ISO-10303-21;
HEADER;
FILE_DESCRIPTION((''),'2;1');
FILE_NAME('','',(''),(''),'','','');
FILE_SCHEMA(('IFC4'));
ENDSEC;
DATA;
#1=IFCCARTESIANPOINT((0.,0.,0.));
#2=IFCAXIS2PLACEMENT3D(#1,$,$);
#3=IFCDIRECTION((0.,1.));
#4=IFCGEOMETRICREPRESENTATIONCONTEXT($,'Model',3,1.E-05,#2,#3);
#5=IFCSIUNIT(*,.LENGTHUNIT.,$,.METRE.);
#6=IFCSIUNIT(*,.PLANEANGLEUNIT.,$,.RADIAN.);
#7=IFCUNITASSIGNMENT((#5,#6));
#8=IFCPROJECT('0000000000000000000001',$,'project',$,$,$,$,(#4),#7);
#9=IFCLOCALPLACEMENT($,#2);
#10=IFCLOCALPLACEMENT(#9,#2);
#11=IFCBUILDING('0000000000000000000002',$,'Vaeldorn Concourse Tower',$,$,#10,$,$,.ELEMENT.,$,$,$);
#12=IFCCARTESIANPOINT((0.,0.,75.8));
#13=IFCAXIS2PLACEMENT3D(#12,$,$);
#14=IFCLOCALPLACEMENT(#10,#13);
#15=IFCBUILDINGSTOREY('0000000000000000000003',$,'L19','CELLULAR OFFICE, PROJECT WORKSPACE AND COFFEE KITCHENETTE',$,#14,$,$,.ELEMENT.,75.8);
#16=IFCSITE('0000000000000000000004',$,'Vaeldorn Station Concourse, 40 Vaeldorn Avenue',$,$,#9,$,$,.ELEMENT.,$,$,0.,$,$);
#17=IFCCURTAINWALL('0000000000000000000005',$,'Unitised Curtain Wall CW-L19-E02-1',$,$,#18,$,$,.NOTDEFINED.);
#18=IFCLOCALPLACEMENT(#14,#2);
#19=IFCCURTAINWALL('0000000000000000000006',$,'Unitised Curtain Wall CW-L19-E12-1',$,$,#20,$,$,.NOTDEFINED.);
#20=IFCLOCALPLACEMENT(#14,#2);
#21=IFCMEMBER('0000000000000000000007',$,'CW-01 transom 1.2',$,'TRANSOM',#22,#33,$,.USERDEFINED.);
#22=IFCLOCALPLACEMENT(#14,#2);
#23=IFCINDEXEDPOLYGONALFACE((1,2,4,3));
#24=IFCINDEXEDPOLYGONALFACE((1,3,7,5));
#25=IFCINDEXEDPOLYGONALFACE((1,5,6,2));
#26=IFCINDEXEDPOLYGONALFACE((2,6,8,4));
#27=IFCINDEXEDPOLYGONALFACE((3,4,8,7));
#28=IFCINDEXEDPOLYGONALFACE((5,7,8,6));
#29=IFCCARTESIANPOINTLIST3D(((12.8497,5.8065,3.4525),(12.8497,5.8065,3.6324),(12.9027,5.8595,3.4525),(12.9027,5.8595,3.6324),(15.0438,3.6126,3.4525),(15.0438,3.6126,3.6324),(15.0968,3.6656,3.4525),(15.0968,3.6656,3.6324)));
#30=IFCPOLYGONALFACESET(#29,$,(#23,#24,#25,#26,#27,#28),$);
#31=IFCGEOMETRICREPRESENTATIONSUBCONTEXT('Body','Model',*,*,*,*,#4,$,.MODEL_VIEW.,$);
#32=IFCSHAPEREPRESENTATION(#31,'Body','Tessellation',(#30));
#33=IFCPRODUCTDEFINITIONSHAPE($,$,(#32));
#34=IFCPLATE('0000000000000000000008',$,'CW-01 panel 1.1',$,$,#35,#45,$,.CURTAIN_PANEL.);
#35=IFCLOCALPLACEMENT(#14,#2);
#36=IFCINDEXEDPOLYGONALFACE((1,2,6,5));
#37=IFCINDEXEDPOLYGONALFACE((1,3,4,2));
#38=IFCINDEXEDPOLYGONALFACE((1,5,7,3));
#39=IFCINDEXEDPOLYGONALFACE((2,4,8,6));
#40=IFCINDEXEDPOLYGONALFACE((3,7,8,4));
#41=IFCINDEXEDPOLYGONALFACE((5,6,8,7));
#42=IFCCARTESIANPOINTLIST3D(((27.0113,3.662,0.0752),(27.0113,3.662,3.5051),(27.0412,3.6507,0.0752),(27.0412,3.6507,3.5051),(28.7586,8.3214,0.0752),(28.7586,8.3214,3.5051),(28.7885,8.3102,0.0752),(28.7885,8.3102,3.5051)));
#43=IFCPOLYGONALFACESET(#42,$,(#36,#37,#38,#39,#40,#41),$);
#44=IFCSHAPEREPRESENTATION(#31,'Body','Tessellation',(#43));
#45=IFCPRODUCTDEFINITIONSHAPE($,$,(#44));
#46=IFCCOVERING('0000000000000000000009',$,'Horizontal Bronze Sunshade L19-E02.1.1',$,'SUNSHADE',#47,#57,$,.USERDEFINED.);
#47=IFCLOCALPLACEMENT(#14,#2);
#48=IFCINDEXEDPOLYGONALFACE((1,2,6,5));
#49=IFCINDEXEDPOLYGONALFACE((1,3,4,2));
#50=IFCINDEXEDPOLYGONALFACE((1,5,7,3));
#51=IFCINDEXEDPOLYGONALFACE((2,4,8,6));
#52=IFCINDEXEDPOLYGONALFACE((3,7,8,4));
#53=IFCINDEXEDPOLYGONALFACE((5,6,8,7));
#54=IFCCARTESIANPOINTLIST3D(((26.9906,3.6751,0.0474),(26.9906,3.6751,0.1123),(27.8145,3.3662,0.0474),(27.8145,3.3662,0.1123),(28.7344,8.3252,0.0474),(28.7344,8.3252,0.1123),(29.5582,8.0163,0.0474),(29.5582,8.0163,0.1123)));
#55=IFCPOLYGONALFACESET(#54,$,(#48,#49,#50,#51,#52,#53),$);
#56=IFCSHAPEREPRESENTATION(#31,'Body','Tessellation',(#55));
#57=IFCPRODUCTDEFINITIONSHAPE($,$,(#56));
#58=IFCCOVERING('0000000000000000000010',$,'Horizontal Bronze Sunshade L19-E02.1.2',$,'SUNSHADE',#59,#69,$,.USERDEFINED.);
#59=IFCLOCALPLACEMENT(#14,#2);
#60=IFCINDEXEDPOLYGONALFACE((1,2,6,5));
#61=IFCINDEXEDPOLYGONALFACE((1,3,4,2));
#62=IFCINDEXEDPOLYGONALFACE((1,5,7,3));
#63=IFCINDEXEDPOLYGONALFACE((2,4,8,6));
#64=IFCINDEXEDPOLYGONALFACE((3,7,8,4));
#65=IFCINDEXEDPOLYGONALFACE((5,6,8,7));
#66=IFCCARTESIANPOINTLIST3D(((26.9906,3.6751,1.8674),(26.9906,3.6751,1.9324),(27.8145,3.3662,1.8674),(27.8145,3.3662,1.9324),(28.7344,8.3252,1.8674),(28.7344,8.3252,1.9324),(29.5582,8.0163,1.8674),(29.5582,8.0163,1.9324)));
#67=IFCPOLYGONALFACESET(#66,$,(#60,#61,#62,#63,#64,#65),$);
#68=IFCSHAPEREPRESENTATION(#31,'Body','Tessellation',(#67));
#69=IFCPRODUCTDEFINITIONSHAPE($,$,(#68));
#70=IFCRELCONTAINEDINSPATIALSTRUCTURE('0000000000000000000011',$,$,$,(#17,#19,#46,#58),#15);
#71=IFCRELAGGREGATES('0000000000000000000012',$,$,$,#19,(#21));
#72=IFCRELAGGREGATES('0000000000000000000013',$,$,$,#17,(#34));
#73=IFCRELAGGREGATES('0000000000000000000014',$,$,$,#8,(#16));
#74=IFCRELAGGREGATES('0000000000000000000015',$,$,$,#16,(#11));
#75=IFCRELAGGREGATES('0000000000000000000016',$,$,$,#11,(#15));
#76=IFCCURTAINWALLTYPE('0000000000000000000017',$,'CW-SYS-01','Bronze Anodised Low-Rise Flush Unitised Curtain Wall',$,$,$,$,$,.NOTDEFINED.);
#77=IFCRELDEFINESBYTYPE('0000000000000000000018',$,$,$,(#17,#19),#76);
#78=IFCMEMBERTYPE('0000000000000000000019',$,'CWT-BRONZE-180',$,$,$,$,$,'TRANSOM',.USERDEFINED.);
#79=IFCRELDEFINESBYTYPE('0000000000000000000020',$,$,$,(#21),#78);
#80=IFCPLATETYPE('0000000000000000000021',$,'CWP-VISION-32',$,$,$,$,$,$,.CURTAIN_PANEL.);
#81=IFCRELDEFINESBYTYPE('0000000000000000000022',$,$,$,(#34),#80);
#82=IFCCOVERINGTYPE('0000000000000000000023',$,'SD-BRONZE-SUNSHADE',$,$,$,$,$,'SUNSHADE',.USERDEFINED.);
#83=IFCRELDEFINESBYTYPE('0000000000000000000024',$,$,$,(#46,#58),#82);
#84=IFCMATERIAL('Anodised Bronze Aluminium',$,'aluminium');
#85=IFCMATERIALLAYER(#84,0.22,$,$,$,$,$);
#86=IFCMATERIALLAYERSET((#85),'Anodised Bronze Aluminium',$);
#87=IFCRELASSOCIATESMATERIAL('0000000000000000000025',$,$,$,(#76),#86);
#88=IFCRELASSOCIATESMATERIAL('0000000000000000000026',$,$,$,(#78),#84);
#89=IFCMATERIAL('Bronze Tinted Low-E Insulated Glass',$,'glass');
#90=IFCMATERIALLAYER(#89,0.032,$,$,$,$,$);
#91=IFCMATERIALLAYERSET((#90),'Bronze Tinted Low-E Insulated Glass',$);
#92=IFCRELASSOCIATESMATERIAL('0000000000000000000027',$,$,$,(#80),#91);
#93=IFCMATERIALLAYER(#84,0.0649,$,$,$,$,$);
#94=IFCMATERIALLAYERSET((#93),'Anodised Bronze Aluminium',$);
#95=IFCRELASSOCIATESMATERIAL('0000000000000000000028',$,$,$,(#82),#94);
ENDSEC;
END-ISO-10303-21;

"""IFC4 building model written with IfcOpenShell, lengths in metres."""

from ifc_helpers import new_model, si_unit, direction, frame, origin, origin_2d, place, context, subcontext, project, spatial, rectangle, extrude, source, transform, mapped, material, layer, layer_set, material_profile, profile_set, type_object, element, aggregate, save


model = new_model("IFC4")

# Units and contexts
model_context = context("Model", 3, precision=1e-05, world=origin(), true_north=direction((0.0, 1.0)))
body_context = subcontext(model_context, "Body", "Model", "MODEL_VIEW")
ifc_project = project(units=[si_unit("LENGTHUNIT", "METRE"), si_unit("PLANEANGLEUNIT", "RADIAN")], contexts=[model_context])

# Site, building, storey
site_placement = place(None, origin())
site = spatial("IfcSite", under=ifc_project, at=site_placement, Name="Vaeldorn Station Concourse, 40 Vaeldorn Avenue", CompositionType="ELEMENT", RefElevation=0.0)
building_placement = place(site_placement, origin())
building = spatial("IfcBuilding", under=site, at=building_placement, Name="Vaeldorn Concourse Tower", CompositionType="ELEMENT")
storey_placement = place(building_placement, frame((0.0, 0.0, 75.8)))
storey = spatial("IfcBuildingStorey", under=building, at=storey_placement, Name="L19", Description="CELLULAR OFFICE, PROJECT WORKSPACE AND COFFEE KITCHENETTE", CompositionType="ELEMENT", Elevation=75.8)

# Curtain walls
ifc_material_1 = material(Name="Anodised Bronze Aluminium", Category="aluminium")
ifc_layer_1 = layer(ifc_material_1, 0.22)
ifc_layer_set_1 = layer_set([ifc_layer_1], Name="Anodised Bronze Aluminium")
curtain_wall_type = type_object("IfcCurtainWallType", Name="CW-SYS-01", Description="Bronze Anodised Low-Rise Flush Unitised Curtain Wall", PredefinedType="NOTDEFINED", material=ifc_layer_set_1)
curtain_wall_1_placement = place(storey_placement, origin())
curtain_wall_1 = element("IfcCurtainWall", 1, at=curtain_wall_1_placement, inside=storey, type_object=curtain_wall_type, Name="Unitised Curtain Wall CW-L19-E02-1", PredefinedType="NOTDEFINED")
curtain_wall_2_placement = place(storey_placement, origin())
curtain_wall_2 = element("IfcCurtainWall", 2, at=curtain_wall_2_placement, inside=storey, type_object=curtain_wall_type, Name="Unitised Curtain Wall CW-L19-E12-1", PredefinedType="NOTDEFINED")

# Member
ifc_material_profile_1 = material_profile(ifc_material_1, rectangle(XDim=0.075, YDim=0.1799, at=origin_2d()), Name="CWT 75x180")
ifc_profile_set_1 = profile_set([ifc_material_profile_1], Name="Anodised Bronze Aluminium")
member_type_1 = type_object("IfcMemberType", Name="CWT-BRONZE-180", ElementType="TRANSOM", PredefinedType="USERDEFINED", material=ifc_profile_set_1)
shared_shape_1 = source(origin(), body_context, "Body", "SweptSolid", [
    extrude(rectangle(XDim=0.075, YDim=0.1799, at=origin_2d()), origin(), (0.0, 0.0, 1.0), 3.1028),
])
member_1_placement = place(storey_placement, frame((12.8762, 5.833, 3.5425), z_axis=(0.707146, -0.707067, 0.0), x_axis=(0.707067, 0.707146, 0.0)))
member_1 = element("IfcMember", 3, at=member_1_placement, type_object=member_type_1, Name="CW-01 transom 1.2", ObjectType="TRANSOM", PredefinedType="USERDEFINED", context=body_context, shape_type="MappedRepresentation", body=[
    mapped(shared_shape_1, transform((0.0, 0.0, 0.0), scale=1.0)),
])
aggregate(curtain_wall_2, [member_1])

# Plate
ifc_material_2 = material(Name="Bronze Tinted Low-E Insulated Glass", Category="glass")
ifc_layer_2 = layer(ifc_material_2, 0.032)
ifc_layer_set_2 = layer_set([ifc_layer_2], Name="Bronze Tinted Low-E Insulated Glass")
plate_type = type_object("IfcPlateType", Name="CWP-VISION-32", PredefinedType="CURTAIN_PANEL", material=ifc_layer_set_2)
shared_shape_2 = source(origin(), body_context, "Body", "SweptSolid", [
    extrude(rectangle(XDim=4.9763, YDim=0.032, at=origin_2d()), origin(), (0.0, 0.0, 1.0), 3.4299),
])
plate_placement = place(storey_placement, frame((27.8999, 5.9861, 0.0752), z_axis=(0.0, 0.0, 1.0), x_axis=(0.351123, 0.936329, 0.0)))
plate = element("IfcPlate", 4, at=plate_placement, type_object=plate_type, Name="CW-01 panel 1.1", PredefinedType="CURTAIN_PANEL", context=body_context, shape_type="MappedRepresentation", body=[
    mapped(shared_shape_2, transform((0.0, 0.0, 0.0), scale=1.0)),
])
aggregate(curtain_wall_1, [plate])

# Coverings
ifc_layer_3 = layer(ifc_material_1, 0.0649)
ifc_layer_set_3 = layer_set([ifc_layer_3], Name="Anodised Bronze Aluminium")
covering_type = type_object("IfcCoveringType", Name="SD-BRONZE-SUNSHADE", ElementType="SUNSHADE", PredefinedType="USERDEFINED", material=ifc_layer_set_3)
shared_shape_3 = source(origin(), body_context, "Body", "SweptSolid", [
    extrude(rectangle(XDim=4.9663, YDim=0.8799, at=origin_2d()), origin(), (0.0, 0.0, 1.0), 0.0649),
])
for number, where, z_axis, x_axis, name in (
    (5, (28.2744, 5.8457, 0.0474), (0.0, 0.0, 1.0), (0.351123, 0.936329, 0.0), "Horizontal Bronze Sunshade L19-E02.1.1"),
    (6, (28.2744, 5.8457, 1.8674), (0.0, 0.0, 1.0), (0.351123, 0.936329, 0.0), "Horizontal Bronze Sunshade L19-E02.1.2"),
):
    element("IfcCovering", number, at=place(storey_placement, frame(where, z_axis=z_axis, x_axis=x_axis)), inside=storey, type_object=covering_type, Name=name, ObjectType="SUNSHADE", PredefinedType="USERDEFINED", context=body_context, shape_type="MappedRepresentation", body=[
        mapped(shared_shape_3, transform((0.0, 0.0, 0.0), scale=1.0)),
    ])

save(model, "model.ifc")
